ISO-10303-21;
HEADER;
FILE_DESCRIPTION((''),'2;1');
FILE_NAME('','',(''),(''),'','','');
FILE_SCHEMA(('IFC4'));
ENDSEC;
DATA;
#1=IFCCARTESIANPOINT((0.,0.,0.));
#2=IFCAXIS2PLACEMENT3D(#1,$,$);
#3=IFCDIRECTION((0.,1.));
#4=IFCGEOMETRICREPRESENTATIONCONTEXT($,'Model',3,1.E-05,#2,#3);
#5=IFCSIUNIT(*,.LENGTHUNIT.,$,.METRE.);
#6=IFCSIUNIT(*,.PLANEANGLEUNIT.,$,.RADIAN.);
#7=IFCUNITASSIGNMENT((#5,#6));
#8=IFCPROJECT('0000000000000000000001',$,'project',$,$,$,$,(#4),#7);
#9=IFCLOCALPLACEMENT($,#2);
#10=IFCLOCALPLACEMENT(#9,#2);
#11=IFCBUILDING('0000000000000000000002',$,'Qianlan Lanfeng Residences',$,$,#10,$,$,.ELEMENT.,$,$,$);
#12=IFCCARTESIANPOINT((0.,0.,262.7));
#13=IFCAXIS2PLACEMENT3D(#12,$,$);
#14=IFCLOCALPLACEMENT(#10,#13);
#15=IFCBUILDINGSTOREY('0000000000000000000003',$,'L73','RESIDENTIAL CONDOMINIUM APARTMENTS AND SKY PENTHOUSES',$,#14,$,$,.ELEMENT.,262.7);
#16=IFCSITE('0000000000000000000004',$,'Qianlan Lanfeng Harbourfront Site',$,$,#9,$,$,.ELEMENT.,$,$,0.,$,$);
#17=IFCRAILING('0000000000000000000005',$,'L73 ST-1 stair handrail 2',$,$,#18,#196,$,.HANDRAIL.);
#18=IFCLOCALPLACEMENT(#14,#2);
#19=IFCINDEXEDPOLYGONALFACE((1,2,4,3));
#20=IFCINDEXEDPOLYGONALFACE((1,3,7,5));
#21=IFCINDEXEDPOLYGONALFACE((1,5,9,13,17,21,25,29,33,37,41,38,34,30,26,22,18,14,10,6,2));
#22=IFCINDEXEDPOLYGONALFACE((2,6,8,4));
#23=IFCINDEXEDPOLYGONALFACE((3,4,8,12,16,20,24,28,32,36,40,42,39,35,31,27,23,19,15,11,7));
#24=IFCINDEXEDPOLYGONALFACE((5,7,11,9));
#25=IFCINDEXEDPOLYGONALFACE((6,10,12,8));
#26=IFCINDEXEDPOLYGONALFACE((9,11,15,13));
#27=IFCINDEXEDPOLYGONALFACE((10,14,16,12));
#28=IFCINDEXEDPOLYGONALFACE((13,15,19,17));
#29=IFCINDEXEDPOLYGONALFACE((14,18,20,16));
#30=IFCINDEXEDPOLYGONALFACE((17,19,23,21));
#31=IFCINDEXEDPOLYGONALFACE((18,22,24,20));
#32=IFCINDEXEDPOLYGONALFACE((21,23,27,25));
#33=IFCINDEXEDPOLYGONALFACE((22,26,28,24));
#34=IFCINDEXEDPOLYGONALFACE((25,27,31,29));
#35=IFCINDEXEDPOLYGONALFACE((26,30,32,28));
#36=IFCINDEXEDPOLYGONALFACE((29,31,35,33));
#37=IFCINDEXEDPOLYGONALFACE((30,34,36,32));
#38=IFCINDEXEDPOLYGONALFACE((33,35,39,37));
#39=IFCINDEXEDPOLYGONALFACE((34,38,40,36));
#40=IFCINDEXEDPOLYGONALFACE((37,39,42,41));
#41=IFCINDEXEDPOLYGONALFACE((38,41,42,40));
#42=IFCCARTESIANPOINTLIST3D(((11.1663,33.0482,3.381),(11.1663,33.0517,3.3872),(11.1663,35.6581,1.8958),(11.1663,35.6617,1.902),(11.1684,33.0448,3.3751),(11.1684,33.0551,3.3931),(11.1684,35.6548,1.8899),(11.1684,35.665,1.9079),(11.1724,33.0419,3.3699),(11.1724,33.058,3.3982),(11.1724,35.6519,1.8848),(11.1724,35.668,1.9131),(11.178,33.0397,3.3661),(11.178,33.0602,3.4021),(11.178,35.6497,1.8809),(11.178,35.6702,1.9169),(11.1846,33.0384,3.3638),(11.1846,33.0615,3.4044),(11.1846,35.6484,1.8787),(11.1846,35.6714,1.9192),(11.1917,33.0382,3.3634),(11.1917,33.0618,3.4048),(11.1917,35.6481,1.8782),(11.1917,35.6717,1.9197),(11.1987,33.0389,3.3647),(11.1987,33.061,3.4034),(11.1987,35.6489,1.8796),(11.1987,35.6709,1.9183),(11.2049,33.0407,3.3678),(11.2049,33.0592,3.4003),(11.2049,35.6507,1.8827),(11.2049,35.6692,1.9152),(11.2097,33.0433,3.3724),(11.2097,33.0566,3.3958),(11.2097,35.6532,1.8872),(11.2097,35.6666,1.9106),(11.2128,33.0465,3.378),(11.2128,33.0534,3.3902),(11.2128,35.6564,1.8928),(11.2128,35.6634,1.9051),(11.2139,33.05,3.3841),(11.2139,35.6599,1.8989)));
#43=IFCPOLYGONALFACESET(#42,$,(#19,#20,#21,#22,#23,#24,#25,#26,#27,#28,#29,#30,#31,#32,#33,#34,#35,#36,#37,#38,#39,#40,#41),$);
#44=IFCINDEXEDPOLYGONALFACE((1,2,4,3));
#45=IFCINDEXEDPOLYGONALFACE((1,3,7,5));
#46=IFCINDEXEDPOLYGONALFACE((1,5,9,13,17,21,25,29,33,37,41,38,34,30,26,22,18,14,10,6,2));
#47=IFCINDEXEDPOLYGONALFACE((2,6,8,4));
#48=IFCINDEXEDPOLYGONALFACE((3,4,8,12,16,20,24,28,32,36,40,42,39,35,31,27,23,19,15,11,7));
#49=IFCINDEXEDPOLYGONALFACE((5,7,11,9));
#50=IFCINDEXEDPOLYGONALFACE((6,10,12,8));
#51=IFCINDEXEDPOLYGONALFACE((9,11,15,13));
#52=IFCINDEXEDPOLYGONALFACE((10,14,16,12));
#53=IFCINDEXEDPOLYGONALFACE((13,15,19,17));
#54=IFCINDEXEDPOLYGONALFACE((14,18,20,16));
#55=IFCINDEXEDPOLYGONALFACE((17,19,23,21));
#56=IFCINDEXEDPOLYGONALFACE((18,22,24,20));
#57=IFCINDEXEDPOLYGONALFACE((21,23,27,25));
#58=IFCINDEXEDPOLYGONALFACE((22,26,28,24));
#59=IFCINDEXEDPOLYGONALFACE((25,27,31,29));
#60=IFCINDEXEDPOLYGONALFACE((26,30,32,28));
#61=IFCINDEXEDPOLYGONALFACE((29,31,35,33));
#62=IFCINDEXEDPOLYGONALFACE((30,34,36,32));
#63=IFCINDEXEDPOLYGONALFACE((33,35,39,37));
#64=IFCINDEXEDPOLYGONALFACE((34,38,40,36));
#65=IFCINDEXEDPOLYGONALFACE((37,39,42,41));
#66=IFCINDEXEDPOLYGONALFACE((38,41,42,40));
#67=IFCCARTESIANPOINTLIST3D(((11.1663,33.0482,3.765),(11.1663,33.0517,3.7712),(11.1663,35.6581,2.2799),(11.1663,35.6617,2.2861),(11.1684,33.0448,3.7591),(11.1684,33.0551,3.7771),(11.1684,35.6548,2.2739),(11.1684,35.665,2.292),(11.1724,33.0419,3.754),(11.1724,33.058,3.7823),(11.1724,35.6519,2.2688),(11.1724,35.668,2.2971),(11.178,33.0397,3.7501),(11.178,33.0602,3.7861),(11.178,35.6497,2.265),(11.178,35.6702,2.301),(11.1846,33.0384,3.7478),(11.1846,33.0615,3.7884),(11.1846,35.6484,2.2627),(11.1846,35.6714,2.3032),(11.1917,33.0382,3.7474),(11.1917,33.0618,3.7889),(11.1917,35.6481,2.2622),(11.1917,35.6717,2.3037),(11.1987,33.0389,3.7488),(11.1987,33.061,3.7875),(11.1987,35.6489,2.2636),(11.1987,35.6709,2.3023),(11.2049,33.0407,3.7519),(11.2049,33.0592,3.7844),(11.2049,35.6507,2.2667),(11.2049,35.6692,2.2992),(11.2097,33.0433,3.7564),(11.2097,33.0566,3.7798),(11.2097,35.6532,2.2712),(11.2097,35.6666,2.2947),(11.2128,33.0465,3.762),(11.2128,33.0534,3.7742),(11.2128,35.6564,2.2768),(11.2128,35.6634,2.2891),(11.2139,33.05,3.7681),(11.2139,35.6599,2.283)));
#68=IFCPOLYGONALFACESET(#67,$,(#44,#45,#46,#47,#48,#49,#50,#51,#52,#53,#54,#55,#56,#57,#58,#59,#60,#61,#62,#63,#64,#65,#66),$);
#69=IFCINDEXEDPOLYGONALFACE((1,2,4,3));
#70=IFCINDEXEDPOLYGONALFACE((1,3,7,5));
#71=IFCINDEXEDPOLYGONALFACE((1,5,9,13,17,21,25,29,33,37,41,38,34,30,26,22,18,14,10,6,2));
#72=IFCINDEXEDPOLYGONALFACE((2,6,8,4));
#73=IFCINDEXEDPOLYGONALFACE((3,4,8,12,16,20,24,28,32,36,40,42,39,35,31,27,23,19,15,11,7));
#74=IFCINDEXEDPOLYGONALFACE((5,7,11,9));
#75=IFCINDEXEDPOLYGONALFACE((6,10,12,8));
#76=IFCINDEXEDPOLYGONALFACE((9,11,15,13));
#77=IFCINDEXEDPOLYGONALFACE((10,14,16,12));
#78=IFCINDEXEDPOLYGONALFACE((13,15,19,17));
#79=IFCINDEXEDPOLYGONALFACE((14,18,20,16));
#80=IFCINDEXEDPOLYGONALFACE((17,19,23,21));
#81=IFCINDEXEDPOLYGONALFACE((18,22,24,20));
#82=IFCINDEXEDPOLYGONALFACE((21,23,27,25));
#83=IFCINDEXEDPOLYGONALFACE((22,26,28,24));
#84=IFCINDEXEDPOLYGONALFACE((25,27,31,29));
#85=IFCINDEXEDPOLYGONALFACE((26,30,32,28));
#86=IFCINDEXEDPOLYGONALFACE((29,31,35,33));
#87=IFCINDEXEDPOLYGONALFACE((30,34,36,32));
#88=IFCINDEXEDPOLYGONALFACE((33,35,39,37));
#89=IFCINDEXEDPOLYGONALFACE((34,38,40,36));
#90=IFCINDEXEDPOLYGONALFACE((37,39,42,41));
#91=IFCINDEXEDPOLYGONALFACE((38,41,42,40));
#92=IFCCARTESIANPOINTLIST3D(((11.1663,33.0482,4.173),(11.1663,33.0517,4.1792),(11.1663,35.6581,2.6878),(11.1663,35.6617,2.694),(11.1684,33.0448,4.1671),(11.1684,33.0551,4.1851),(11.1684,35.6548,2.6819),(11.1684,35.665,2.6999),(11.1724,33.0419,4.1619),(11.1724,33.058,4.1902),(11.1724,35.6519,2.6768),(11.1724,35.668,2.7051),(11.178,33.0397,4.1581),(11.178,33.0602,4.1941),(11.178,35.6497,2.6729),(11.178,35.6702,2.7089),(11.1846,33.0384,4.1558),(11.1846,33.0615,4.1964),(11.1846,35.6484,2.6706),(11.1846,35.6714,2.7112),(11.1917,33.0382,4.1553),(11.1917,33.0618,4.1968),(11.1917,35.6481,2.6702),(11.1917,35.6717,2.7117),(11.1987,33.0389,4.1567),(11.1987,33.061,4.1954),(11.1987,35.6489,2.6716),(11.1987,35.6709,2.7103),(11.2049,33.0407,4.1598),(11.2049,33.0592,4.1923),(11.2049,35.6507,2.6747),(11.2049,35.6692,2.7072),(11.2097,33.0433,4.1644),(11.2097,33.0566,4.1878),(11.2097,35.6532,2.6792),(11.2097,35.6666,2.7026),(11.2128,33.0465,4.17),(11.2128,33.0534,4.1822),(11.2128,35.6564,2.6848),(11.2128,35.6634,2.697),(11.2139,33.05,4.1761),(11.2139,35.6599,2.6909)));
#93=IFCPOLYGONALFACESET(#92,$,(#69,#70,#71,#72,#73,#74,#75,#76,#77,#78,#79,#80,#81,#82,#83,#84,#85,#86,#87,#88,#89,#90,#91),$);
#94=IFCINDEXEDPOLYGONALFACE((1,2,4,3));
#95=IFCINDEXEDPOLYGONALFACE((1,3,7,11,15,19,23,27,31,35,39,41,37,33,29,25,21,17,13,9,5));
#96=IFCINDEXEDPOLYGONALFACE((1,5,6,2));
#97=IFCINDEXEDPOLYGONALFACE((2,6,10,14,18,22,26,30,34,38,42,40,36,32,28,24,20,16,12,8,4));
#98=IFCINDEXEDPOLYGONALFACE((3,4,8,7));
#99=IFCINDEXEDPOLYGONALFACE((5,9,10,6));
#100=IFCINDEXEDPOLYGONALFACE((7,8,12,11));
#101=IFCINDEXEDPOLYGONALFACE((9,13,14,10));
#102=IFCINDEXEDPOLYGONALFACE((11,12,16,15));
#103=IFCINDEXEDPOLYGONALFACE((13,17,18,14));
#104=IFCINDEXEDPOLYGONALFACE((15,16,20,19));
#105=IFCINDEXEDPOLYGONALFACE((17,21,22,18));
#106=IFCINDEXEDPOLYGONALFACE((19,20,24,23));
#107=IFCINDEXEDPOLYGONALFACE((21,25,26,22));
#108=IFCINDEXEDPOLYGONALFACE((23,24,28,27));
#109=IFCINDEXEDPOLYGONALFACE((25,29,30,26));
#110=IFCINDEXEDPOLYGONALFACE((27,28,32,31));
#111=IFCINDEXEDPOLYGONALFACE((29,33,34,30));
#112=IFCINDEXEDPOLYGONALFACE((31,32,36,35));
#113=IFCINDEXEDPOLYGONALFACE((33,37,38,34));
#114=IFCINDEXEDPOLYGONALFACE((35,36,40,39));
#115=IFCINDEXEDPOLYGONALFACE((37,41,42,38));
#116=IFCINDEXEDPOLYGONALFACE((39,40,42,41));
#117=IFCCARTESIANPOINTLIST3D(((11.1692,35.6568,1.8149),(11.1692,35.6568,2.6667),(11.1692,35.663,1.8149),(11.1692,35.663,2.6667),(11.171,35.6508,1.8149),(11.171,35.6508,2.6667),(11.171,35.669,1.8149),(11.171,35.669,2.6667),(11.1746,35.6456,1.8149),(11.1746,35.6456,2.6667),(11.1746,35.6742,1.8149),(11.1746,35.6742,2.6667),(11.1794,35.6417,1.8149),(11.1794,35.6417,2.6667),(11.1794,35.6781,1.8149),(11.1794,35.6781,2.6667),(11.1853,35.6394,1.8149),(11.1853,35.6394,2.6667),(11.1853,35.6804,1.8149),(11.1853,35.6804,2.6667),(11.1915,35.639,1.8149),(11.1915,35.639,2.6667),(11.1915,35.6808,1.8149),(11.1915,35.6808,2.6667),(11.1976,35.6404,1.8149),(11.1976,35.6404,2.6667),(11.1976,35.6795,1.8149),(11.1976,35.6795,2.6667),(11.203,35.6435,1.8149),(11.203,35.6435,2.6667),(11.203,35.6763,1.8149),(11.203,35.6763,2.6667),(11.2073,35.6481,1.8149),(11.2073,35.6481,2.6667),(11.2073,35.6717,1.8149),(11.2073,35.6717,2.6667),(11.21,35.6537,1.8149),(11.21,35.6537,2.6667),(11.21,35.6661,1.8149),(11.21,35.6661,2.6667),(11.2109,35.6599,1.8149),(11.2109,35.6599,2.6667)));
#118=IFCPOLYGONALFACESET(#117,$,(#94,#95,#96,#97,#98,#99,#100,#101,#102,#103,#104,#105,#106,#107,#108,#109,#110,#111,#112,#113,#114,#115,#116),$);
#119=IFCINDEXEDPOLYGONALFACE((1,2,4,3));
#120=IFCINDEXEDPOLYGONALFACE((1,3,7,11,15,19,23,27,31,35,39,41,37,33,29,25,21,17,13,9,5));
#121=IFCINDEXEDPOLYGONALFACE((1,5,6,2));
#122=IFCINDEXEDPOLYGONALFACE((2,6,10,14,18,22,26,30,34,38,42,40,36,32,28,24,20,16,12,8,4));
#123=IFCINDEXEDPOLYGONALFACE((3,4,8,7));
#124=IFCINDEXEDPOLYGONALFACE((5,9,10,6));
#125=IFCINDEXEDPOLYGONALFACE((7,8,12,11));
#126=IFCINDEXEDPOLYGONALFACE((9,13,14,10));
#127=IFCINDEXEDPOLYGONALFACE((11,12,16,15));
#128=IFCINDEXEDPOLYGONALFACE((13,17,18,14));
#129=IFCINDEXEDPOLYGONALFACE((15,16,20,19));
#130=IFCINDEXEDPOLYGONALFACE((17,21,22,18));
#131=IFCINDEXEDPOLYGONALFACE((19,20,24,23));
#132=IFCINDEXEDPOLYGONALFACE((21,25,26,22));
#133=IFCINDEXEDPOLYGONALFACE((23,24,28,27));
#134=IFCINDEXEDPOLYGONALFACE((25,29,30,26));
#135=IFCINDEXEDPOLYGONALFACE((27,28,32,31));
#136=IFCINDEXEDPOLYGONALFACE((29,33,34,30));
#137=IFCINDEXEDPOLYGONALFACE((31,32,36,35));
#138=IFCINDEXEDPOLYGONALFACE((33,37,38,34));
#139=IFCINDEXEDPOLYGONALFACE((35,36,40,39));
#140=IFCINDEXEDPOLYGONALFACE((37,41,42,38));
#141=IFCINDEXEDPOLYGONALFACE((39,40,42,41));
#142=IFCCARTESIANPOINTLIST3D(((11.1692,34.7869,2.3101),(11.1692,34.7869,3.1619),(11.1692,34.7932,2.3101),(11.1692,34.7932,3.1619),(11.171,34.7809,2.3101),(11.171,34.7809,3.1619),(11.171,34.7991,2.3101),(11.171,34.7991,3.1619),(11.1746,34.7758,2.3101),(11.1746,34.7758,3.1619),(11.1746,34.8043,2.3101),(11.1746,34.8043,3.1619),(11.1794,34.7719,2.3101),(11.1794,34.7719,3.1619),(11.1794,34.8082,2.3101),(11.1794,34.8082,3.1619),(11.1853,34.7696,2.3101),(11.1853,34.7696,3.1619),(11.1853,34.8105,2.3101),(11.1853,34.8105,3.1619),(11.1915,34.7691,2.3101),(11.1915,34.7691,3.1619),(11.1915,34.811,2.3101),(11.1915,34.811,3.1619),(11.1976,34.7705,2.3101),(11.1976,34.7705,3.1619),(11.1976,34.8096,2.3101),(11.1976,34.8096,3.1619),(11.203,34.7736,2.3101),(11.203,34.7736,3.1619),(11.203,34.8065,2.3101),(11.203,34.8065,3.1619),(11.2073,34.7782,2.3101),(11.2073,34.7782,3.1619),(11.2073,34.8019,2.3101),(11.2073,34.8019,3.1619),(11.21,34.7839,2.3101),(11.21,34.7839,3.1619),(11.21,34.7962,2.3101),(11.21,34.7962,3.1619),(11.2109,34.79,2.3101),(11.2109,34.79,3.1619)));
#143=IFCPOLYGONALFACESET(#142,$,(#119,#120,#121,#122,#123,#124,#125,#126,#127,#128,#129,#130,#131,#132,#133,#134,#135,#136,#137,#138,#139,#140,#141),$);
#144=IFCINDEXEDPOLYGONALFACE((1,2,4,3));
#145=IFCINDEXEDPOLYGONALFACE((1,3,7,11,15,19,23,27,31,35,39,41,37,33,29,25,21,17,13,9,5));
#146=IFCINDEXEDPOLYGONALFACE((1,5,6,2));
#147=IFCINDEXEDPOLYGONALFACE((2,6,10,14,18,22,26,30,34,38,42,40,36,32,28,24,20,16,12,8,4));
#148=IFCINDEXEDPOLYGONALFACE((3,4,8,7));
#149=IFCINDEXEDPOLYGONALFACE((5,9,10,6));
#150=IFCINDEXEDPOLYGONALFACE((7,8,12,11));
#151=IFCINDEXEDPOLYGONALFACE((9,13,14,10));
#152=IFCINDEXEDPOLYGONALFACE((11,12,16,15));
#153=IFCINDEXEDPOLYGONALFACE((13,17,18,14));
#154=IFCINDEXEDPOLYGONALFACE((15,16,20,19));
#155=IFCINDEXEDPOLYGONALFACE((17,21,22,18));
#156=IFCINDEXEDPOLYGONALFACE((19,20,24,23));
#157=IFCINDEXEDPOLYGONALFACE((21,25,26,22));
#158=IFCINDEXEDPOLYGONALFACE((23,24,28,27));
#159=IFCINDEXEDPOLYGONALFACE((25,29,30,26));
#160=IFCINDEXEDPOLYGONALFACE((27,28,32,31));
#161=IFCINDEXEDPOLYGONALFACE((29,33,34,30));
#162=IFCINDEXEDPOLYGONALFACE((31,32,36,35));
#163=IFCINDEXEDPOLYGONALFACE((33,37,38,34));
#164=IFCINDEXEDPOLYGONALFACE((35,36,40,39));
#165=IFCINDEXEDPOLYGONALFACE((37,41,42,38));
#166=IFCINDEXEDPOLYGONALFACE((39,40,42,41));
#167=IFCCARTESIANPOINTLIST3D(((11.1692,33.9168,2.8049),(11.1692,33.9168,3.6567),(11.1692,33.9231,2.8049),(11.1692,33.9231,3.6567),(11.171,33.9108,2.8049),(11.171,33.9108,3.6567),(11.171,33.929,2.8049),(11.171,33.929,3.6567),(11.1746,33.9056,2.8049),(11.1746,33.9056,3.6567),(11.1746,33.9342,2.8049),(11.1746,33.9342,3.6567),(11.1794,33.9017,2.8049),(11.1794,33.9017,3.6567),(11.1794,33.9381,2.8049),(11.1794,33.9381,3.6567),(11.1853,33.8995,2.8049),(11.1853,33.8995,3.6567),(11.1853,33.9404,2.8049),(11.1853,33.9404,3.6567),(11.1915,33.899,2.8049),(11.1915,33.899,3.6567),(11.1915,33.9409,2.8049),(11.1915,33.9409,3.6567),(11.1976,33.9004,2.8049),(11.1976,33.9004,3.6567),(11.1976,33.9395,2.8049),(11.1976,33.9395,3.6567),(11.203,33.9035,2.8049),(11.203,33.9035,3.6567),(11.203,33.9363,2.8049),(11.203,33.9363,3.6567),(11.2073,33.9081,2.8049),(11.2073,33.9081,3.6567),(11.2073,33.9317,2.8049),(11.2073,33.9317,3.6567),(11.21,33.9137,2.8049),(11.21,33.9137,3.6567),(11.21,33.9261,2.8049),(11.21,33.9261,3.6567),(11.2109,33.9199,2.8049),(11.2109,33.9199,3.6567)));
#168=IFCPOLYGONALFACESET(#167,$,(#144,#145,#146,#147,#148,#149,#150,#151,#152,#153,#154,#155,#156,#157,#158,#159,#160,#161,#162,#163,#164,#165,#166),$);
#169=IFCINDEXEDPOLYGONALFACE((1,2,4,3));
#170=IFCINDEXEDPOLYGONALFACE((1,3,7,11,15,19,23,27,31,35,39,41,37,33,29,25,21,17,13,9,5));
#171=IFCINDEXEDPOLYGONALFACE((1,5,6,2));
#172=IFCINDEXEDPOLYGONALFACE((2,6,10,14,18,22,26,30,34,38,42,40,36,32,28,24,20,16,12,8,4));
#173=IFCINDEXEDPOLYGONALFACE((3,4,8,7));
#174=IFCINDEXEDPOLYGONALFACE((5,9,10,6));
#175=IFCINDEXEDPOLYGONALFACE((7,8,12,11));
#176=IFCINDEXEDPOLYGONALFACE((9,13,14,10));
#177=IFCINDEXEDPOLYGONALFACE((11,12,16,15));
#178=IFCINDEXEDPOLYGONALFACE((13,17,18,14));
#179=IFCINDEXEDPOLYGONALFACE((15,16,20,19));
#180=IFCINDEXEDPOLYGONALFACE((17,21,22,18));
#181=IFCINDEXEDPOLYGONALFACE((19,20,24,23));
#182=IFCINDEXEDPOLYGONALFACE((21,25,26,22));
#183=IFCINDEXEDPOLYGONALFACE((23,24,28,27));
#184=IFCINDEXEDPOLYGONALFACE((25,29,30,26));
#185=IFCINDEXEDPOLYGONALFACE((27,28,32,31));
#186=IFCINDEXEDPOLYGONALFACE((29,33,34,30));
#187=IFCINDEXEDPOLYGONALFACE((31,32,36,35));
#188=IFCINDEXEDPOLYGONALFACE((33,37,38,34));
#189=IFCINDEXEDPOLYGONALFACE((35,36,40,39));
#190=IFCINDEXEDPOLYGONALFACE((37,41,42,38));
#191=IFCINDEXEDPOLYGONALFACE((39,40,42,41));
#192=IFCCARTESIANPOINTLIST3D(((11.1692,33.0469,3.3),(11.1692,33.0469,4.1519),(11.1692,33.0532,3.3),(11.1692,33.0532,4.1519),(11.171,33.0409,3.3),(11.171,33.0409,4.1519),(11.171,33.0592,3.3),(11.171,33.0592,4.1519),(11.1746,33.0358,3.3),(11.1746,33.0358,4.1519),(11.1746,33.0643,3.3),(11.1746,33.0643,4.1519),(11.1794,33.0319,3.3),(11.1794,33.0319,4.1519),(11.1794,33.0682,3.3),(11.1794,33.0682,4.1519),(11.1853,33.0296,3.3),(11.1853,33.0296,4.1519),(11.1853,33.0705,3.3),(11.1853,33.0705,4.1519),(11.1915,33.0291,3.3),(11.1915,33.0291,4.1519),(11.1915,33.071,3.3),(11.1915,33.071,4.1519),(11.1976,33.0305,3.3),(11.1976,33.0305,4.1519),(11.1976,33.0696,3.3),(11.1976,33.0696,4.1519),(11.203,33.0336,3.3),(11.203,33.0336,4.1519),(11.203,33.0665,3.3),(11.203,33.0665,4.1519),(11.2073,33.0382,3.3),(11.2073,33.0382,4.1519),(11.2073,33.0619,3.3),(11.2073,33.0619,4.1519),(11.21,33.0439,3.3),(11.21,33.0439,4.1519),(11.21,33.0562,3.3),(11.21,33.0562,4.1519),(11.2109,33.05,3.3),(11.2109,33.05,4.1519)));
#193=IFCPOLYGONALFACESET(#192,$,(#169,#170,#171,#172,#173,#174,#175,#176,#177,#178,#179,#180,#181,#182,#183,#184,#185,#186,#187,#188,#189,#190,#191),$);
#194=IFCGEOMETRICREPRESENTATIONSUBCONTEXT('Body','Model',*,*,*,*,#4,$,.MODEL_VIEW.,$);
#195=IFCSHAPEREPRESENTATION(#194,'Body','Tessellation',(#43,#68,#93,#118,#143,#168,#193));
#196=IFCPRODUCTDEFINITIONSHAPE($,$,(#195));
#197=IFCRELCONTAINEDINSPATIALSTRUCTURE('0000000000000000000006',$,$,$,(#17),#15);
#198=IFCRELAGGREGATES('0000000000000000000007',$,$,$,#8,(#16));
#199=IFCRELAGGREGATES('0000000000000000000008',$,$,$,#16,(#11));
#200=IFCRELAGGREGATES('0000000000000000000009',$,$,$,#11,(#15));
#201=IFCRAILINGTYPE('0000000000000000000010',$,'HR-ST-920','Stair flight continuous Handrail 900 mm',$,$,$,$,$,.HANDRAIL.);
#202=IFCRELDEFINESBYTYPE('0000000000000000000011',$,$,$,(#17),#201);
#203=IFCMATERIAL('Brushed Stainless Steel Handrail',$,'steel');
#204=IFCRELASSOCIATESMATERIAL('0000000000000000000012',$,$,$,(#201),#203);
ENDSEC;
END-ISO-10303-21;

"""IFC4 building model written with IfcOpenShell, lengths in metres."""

from ifc_helpers import new_model, si_unit, direction, frame, origin, origin_2d, place, context, subcontext, project, spatial, circle, extrude, material, type_object, element, save


model = new_model("IFC4")

# Units and contexts
model_context = context("Model", 3, precision=1e-05, world=origin(), true_north=direction((0.0, 1.0)))
body_context = subcontext(model_context, "Body", "Model", "MODEL_VIEW")
ifc_project = project(units=[si_unit("LENGTHUNIT", "METRE"), si_unit("PLANEANGLEUNIT", "RADIAN")], contexts=[model_context])

# Site, building, storey
site_placement = place(None, origin())
site = spatial("IfcSite", under=ifc_project, at=site_placement, Name="Qianlan Lanfeng Harbourfront Site", CompositionType="ELEMENT", RefElevation=0.0)
building_placement = place(site_placement, origin())
building = spatial("IfcBuilding", under=site, at=building_placement, Name="Qianlan Lanfeng Residences", CompositionType="ELEMENT")
storey_placement = place(building_placement, frame((0.0, 0.0, 262.7)))
storey = spatial("IfcBuildingStorey", under=building, at=storey_placement, Name="L73", Description="RESIDENTIAL CONDOMINIUM APARTMENTS AND SKY PENTHOUSES", CompositionType="ELEMENT", Elevation=262.7)

# Railing
ifc_material_1 = material(Name="Brushed Stainless Steel Handrail", Category="steel")
railing_type_1 = type_object("IfcRailingType", Name="HR-ST-920", Description="Stair flight continuous Handrail 900 mm", PredefinedType="HANDRAIL", material=ifc_material_1)
railing_1_placement = place(storey_placement, frame((11.1899, 35.6599, 1.8149)))
element("IfcRailing", 1, at=railing_1_placement, inside=storey, type_object=railing_type_1, Name="L73 ST-1 stair handrail 2", PredefinedType="HANDRAIL", context=body_context, shape_type="SweptSolid", body=[
    extrude(circle(Radius=0.0239, at=origin_2d()), frame((0.0, 0.0, 0.084), z_axis=(0.0, -0.869137, 0.494571), x_axis=(1.0, 0.0, 0.0)), (0.0, 0.0, 1.0), 3.0029),
    extrude(circle(Radius=0.0239, at=origin_2d()), frame((0.0, 0.0, 0.468), z_axis=(0.0, -0.869137, 0.494571), x_axis=(1.0, 0.0, 0.0)), (0.0, 0.0, 1.0), 3.0029),
    extrude(circle(Radius=0.0239, at=origin_2d()), frame((0.0, 0.0, 0.876), z_axis=(0.0, -0.869137, 0.494571), x_axis=(1.0, 0.0, 0.0)), (0.0, 0.0, 1.0), 3.0029),
    extrude(circle(Radius=0.021, at=origin_2d()), origin(), (0.0, 0.0, 1.0), 0.8518),
    extrude(circle(Radius=0.021, at=origin_2d()), frame((0.0, -0.8699, 0.4951)), (0.0, 0.0, 1.0), 0.8518),
    extrude(circle(Radius=0.021, at=origin_2d()), frame((0.0, -1.74, 0.99)), (0.0, 0.0, 1.0), 0.8518),
    extrude(circle(Radius=0.021, at=origin_2d()), frame((0.0, -2.6099, 1.4851)), (0.0, 0.0, 1.0), 0.8518),
])

save(model, "model.ifc")
